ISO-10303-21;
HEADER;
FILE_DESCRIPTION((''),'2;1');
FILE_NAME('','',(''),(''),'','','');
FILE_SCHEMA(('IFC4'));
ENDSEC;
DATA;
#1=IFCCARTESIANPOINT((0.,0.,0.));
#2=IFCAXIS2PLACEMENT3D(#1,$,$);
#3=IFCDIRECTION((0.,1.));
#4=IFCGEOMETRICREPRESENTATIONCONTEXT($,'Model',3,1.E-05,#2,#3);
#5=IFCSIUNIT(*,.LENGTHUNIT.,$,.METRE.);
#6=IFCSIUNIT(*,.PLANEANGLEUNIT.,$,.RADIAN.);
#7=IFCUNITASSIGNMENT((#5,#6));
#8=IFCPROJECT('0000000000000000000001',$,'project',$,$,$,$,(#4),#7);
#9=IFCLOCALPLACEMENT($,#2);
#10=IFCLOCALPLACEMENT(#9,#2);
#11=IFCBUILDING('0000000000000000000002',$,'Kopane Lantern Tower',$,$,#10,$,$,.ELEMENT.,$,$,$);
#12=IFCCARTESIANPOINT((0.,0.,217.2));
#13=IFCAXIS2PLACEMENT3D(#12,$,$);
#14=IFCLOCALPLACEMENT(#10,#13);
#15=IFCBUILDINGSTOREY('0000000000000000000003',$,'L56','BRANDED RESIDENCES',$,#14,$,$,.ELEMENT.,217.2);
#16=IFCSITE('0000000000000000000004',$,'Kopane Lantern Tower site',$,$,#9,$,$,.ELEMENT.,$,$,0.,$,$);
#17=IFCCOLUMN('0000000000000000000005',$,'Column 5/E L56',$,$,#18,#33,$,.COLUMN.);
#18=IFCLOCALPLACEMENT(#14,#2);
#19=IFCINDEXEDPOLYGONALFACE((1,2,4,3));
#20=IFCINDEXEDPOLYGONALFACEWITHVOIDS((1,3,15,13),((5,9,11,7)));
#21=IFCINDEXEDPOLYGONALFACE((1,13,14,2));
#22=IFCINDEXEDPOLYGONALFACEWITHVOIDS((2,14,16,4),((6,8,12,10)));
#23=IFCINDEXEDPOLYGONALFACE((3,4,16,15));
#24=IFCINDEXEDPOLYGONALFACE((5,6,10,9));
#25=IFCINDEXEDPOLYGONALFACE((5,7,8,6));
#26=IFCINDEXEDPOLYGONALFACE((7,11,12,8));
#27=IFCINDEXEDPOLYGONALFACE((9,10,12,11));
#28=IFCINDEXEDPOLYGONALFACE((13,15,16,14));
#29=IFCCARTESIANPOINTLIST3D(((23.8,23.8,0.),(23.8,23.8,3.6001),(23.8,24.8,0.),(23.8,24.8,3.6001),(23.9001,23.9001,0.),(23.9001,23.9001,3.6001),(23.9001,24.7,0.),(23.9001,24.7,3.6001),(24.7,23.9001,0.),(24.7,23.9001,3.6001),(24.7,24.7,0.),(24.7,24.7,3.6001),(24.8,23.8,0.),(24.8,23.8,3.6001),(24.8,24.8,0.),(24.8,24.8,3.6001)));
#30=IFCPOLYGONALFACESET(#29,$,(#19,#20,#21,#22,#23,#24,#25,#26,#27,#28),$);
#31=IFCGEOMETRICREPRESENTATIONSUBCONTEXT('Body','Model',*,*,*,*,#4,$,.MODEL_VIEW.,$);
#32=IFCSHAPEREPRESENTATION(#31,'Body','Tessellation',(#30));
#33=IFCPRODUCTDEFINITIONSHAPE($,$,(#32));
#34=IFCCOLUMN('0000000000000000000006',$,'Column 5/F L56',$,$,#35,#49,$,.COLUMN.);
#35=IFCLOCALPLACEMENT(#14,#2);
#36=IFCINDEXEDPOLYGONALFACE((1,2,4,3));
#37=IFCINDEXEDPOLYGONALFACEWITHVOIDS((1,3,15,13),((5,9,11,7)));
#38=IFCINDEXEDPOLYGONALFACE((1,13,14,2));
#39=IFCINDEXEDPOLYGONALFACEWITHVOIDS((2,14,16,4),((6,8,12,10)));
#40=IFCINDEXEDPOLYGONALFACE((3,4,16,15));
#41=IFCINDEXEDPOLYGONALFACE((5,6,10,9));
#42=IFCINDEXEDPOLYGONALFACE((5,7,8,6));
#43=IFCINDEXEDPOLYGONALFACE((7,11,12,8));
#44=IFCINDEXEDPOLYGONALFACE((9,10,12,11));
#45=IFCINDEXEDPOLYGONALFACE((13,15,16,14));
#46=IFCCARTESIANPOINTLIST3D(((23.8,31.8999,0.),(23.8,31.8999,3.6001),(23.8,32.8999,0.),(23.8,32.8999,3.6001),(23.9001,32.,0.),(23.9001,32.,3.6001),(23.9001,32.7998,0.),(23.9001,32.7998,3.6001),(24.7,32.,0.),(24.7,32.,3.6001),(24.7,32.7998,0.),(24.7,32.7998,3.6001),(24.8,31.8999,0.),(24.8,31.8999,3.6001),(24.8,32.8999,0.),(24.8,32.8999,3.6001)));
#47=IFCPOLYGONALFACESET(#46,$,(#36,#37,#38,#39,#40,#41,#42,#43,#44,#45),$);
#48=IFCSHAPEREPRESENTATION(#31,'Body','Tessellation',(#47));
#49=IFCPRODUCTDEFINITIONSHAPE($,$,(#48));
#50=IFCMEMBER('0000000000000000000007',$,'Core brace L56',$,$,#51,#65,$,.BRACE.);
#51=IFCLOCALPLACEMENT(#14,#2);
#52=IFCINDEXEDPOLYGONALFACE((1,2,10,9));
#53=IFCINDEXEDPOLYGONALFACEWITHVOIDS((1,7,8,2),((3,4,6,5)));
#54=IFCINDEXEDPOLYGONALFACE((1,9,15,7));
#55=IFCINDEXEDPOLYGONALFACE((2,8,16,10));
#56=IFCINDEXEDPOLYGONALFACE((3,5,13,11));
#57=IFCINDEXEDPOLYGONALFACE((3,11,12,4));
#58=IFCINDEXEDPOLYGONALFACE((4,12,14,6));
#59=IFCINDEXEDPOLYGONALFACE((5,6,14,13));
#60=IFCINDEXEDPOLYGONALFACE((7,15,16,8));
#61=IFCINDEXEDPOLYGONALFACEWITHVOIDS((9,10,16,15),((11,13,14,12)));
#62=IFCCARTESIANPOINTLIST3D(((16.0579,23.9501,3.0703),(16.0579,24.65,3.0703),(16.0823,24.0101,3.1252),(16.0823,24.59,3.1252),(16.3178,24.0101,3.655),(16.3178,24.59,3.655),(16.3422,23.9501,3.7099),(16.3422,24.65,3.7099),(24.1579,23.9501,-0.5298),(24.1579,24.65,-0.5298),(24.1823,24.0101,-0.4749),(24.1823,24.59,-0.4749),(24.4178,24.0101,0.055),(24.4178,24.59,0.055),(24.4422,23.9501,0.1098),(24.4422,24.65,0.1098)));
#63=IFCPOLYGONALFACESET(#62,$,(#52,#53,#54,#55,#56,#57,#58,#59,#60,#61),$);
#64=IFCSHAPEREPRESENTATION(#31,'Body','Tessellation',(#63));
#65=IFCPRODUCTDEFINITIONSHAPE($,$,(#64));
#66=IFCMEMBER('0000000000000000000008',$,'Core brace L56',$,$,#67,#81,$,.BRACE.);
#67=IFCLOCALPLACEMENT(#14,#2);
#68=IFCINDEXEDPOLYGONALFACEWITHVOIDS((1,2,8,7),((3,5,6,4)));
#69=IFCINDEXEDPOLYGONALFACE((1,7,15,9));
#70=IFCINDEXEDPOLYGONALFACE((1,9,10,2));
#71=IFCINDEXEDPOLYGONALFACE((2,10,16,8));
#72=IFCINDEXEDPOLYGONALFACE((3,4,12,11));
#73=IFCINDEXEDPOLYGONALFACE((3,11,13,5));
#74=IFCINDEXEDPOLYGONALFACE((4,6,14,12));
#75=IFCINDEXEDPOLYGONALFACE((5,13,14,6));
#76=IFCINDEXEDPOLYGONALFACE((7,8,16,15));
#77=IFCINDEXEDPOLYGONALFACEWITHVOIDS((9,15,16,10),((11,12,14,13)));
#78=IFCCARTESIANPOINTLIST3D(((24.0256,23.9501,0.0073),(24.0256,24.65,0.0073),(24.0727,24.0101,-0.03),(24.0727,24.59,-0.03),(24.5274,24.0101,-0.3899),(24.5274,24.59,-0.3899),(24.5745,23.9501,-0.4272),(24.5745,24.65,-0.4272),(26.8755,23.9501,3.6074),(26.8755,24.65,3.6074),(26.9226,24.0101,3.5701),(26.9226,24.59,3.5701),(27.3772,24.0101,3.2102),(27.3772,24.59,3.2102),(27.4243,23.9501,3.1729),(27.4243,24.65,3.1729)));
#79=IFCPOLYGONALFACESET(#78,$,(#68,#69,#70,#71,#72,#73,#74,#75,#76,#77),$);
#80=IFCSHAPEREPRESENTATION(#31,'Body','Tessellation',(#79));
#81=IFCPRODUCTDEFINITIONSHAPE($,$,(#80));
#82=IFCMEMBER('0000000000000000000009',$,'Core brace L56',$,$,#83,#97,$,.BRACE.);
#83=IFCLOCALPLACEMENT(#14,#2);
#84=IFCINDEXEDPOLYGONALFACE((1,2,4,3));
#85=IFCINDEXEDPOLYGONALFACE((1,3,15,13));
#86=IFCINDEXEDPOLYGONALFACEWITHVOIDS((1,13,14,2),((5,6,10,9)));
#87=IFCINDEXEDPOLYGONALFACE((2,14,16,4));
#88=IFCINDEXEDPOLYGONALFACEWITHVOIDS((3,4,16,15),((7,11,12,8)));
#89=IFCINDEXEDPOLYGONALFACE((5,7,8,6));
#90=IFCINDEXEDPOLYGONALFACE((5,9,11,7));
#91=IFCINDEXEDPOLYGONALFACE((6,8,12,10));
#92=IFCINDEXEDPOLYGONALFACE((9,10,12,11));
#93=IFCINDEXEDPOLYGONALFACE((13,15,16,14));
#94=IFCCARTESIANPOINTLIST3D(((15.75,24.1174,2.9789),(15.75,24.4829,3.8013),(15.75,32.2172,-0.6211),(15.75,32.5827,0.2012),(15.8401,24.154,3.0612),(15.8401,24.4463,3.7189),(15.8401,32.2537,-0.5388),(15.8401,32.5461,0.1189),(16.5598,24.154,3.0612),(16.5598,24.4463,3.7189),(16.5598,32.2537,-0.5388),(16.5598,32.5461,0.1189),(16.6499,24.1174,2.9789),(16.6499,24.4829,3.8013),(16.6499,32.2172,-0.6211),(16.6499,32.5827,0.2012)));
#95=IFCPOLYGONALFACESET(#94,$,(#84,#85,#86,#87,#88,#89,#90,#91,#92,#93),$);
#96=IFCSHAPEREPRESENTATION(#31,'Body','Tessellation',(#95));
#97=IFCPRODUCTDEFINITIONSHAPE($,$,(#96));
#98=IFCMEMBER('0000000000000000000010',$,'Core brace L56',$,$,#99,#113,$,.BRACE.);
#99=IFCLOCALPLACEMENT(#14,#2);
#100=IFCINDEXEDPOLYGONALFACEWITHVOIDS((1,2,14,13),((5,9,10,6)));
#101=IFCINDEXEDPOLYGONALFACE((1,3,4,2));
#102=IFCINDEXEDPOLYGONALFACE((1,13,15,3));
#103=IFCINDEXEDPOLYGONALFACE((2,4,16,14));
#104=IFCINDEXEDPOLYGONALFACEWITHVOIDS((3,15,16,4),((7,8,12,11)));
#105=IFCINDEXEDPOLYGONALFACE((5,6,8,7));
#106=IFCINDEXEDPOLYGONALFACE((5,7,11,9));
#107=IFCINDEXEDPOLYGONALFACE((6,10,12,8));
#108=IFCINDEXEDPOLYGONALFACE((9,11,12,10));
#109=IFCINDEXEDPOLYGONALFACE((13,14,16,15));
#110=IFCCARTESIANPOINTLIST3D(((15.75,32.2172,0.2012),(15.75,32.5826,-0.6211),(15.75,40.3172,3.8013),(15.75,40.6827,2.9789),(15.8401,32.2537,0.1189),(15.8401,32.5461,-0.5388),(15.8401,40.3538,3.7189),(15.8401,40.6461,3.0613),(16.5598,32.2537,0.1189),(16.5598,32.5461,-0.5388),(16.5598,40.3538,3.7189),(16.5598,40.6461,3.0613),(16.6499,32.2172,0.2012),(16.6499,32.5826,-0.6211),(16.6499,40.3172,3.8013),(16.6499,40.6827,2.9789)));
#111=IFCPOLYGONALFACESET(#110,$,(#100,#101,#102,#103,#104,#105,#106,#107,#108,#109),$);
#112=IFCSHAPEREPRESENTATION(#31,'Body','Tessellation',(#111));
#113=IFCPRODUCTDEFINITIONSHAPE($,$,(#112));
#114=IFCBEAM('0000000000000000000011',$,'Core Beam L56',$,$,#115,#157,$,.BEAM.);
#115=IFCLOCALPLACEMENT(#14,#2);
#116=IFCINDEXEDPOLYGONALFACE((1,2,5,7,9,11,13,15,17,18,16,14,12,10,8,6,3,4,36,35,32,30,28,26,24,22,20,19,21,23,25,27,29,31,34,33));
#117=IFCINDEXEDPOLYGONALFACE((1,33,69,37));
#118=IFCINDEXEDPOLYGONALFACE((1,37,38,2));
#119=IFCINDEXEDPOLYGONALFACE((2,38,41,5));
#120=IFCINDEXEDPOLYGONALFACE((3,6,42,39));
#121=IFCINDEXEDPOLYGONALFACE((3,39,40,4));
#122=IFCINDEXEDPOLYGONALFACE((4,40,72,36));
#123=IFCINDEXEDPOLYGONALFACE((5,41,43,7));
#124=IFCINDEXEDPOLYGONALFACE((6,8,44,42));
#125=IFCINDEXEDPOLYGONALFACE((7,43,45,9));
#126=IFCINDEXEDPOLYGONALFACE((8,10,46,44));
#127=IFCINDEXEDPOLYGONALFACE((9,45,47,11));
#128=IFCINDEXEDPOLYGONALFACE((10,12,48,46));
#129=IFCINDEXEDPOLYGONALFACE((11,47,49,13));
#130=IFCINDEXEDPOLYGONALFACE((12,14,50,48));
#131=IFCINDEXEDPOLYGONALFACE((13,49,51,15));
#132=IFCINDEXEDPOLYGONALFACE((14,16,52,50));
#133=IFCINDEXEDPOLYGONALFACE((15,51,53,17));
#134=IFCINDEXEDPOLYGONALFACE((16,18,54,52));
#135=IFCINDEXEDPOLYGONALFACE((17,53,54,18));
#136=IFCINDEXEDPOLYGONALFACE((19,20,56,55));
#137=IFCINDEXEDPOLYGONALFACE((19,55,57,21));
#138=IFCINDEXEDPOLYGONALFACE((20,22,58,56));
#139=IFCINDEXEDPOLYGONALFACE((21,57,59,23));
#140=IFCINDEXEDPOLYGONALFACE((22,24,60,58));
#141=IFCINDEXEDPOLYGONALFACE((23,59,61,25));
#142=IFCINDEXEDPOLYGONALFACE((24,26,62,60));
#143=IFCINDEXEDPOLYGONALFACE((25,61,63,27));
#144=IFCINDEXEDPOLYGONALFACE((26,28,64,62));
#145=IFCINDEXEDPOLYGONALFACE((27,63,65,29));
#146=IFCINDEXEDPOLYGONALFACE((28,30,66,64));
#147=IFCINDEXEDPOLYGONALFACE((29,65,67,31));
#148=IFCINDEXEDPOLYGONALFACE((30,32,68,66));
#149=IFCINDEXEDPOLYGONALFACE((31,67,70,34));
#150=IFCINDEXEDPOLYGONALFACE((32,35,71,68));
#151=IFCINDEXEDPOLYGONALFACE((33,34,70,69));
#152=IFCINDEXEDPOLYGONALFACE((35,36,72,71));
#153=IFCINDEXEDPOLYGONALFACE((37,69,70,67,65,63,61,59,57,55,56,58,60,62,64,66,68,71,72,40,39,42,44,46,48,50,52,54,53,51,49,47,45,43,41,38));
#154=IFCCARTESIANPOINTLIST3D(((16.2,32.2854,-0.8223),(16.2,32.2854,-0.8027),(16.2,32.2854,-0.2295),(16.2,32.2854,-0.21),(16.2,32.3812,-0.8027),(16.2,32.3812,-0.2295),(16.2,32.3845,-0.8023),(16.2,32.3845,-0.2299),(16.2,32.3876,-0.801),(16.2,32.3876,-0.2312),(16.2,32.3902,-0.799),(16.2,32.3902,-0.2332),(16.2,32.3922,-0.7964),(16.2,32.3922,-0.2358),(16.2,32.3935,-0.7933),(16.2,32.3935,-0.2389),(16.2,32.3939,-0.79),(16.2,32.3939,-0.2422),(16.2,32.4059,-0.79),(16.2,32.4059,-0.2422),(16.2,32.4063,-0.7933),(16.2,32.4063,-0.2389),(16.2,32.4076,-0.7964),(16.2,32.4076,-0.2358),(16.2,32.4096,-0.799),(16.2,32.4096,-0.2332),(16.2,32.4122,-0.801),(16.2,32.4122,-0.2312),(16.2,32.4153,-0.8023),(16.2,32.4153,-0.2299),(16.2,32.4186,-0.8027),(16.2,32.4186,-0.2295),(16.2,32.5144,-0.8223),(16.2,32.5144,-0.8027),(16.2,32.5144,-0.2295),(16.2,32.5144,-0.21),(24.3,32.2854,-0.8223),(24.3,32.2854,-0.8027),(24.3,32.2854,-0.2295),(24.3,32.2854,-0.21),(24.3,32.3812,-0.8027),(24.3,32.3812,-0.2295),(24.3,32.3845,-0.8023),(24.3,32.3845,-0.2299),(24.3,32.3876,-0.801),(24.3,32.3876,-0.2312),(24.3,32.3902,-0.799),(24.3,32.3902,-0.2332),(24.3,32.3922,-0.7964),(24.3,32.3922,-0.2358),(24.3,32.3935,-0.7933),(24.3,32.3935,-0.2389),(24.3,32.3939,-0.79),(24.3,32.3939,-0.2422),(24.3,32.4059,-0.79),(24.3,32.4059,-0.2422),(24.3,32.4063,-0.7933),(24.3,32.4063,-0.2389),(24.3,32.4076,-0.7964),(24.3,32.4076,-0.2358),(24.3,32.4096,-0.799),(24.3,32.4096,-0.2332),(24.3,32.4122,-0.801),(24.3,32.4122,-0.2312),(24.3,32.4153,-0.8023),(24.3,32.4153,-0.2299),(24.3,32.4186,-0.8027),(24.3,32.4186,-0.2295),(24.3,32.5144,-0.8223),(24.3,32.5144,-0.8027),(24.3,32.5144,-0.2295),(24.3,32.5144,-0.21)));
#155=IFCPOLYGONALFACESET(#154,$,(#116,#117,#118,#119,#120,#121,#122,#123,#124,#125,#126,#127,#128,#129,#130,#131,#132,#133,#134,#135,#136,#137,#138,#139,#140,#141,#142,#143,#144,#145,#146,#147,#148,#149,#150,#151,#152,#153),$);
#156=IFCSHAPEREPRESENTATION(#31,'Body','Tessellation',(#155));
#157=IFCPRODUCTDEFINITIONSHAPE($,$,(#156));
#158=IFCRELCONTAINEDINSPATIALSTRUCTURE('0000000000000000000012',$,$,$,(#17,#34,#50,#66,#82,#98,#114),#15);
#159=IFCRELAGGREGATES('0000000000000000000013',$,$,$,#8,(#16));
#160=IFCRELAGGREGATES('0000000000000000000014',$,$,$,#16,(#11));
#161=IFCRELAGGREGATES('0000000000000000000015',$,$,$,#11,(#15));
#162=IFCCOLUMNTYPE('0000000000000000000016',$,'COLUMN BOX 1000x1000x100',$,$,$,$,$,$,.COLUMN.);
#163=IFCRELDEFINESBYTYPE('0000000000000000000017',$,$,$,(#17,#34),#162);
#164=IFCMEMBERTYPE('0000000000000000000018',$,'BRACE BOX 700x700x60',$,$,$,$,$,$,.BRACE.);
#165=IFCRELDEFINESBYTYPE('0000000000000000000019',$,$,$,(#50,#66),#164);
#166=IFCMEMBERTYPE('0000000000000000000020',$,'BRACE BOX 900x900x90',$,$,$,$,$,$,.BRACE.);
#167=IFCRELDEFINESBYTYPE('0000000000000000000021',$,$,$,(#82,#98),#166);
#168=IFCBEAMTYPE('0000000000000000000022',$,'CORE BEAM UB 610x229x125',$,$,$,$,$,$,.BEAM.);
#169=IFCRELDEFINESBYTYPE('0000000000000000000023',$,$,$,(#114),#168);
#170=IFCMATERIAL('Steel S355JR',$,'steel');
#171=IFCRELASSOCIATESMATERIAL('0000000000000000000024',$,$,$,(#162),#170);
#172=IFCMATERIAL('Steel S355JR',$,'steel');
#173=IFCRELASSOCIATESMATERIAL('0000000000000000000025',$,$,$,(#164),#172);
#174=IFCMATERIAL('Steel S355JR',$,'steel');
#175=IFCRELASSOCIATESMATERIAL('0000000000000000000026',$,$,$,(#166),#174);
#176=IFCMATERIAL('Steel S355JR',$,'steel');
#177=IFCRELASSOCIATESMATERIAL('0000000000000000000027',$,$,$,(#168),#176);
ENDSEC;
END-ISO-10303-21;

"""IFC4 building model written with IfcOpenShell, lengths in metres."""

from ifc_helpers import new_model, si_unit, direction, frame, origin, origin_2d, place, context, subcontext, project, spatial, hollow_rectangle, i_section, extrude, material, material_profile, profile_set, type_object, element, save


model = new_model("IFC4")

# Units and contexts
model_context = context("Model", 3, precision=1e-05, world=origin(), true_north=direction((0.0, 1.0)))
body_context = subcontext(model_context, "Body", "Model", "MODEL_VIEW")
ifc_project = project(units=[si_unit("LENGTHUNIT", "METRE"), si_unit("PLANEANGLEUNIT", "RADIAN")], contexts=[model_context])

# Site, building, storey
site_placement = place(None, origin())
site = spatial("IfcSite", under=ifc_project, at=site_placement, Name="Kopane Lantern Tower site", CompositionType="ELEMENT", RefElevation=0.0)
building_placement = place(site_placement, origin())
building = spatial("IfcBuilding", under=site, at=building_placement, Name="Kopane Lantern Tower", CompositionType="ELEMENT")
storey_placement = place(building_placement, frame((0.0, 0.0, 217.2)))
storey = spatial("IfcBuildingStorey", under=building, at=storey_placement, Name="L56", Description="BRANDED RESIDENCES", CompositionType="ELEMENT", Elevation=217.2)

# Columns
ifc_material_1 = material(Name="Steel S355JR", Category="steel")
ifc_material_profile_1 = material_profile(ifc_material_1, hollow_rectangle(XDim=1.0, YDim=1.0, WallThickness=0.1001, at=origin_2d()), Name="BOX 1000x1000x100")
ifc_profile_set_1 = profile_set([ifc_material_profile_1], Name="Steel S355JR")
column_type = type_object("IfcColumnType", Name="COLUMN BOX 1000x1000x100", PredefinedType="COLUMN", material=ifc_profile_set_1)
for number, where, z_axis, x_axis, name in (
    (1, (24.3, 24.3, 0.0), (0.0, 0.0, 1.0), (1.0, 0.0, 0.0), "Column 5/E L56"),
    (2, (24.3, 32.3999, 0.0), (0.0, 0.0, 1.0), (1.0, 0.0, 0.0), "Column 5/F L56"),
):
    element("IfcColumn", number, at=place(storey_placement, frame(where, z_axis=z_axis, x_axis=x_axis)), inside=storey, type_object=column_type, Name=name, PredefinedType="COLUMN", context=body_context, shape_type="SweptSolid", body=[
        extrude(hollow_rectangle(XDim=1.0, YDim=1.0, WallThickness=0.1001, at=origin_2d()), origin(), (0.0, 0.0, 1.0), 3.6001),
    ])

# Members
ifc_material_2 = material(Name="Steel S355JR", Category="steel")
ifc_material_profile_2 = material_profile(ifc_material_2, hollow_rectangle(XDim=0.7, YDim=0.7, WallThickness=0.0601, at=origin_2d()), Name="BOX 700x700x60")
ifc_profile_set_2 = profile_set([ifc_material_profile_2], Name="Steel S355JR")
member_type_1 = type_object("IfcMemberType", Name="BRACE BOX 700x700x60", PredefinedType="BRACE", material=ifc_profile_set_2)
member_1_placement = place(storey_placement, frame((24.3, 24.3, -0.21), z_axis=(-0.913809, 0.0, 0.406144), x_axis=(0.0, -1.0, 0.0)))
element("IfcMember", 3, at=member_1_placement, inside=storey, type_object=member_type_1, Name="Core brace L56", PredefinedType="BRACE", context=body_context, shape_type="SweptSolid", body=[
    extrude(hollow_rectangle(XDim=0.7, YDim=0.7, WallThickness=0.0601, at=origin_2d()), origin(), (0.0, 0.0, 1.0), 8.864),
])
member_2_placement = place(storey_placement, frame((24.3, 24.3, -0.21), z_axis=(0.620673, 0.0, 0.78407), x_axis=(0.0, 1.0, 0.0)))
element("IfcMember", 4, at=member_2_placement, inside=storey, type_object=member_type_1, Name="Core brace L56", PredefinedType="BRACE", context=body_context, shape_type="SweptSolid", body=[
    extrude(hollow_rectangle(XDim=0.7, YDim=0.7, WallThickness=0.0601, at=origin_2d()), origin(), (0.0, 0.0, 1.0), 4.5916),
])
ifc_material_3 = material(Name="Steel S355JR", Category="steel")
ifc_material_profile_3 = material_profile(ifc_material_3, hollow_rectangle(XDim=0.8999, YDim=0.8999, WallThickness=0.0901, at=origin_2d()), Name="BOX 900x900x90")
ifc_profile_set_3 = profile_set([ifc_material_profile_3], Name="Steel S355JR")
member_type_2 = type_object("IfcMemberType", Name="BRACE BOX 900x900x90", PredefinedType="BRACE", material=ifc_profile_set_3)
member_3_placement = place(storey_placement, frame((16.2, 32.3999, -0.21), z_axis=(0.0, -0.913805, 0.406154), x_axis=(1.0, 0.0, 0.0)))
element("IfcMember", 5, at=member_3_placement, inside=storey, type_object=member_type_2, Name="Core brace L56", PredefinedType="BRACE", context=body_context, shape_type="SweptSolid", body=[
    extrude(hollow_rectangle(XDim=0.8999, YDim=0.8999, WallThickness=0.0901, at=origin_2d()), origin(), (0.0, 0.0, 1.0), 8.8638),
])
member_4_placement = place(storey_placement, frame((16.2, 32.3999, -0.21), z_axis=(0.0, 0.913809, 0.406144), x_axis=(-1.0, 0.0, 0.0)))
element("IfcMember", 6, at=member_4_placement, inside=storey, type_object=member_type_2, Name="Core brace L56", PredefinedType="BRACE", context=body_context, shape_type="SweptSolid", body=[
    extrude(hollow_rectangle(XDim=0.8999, YDim=0.8999, WallThickness=0.0901, at=origin_2d()), origin(), (0.0, 0.0, 1.0), 8.864),
])

# Beam
ifc_material_4 = material(Name="Steel S355JR", Category="steel")
ifc_material_profile_4 = material_profile(ifc_material_4, i_section(OverallWidth=0.229, OverallDepth=0.6123, WebThickness=0.012, FlangeThickness=0.0195, FilletRadius=0.0127, at=origin_2d()), Name="UB 610x229x125")
ifc_profile_set_4 = profile_set([ifc_material_profile_4], Name="Steel S355JR")
beam_type_1 = type_object("IfcBeamType", Name="CORE BEAM UB 610x229x125", PredefinedType="BEAM", material=ifc_profile_set_4)
beam_1_placement = place(storey_placement, frame((16.2, 32.3999, -0.5161), z_axis=(1.0, 0.0, 0.0), x_axis=(0.0, 1.0, 0.0)))
element("IfcBeam", 7, at=beam_1_placement, inside=storey, type_object=beam_type_1, Name="Core Beam L56", PredefinedType="BEAM", context=body_context, shape_type="SweptSolid", body=[
    extrude(i_section(OverallWidth=0.229, OverallDepth=0.6123, WebThickness=0.012, FlangeThickness=0.0195, FilletRadius=0.0127, at=origin_2d()), origin(), (0.0, 0.0, 1.0), 8.1001),
])

save(model, "model.ifc")
